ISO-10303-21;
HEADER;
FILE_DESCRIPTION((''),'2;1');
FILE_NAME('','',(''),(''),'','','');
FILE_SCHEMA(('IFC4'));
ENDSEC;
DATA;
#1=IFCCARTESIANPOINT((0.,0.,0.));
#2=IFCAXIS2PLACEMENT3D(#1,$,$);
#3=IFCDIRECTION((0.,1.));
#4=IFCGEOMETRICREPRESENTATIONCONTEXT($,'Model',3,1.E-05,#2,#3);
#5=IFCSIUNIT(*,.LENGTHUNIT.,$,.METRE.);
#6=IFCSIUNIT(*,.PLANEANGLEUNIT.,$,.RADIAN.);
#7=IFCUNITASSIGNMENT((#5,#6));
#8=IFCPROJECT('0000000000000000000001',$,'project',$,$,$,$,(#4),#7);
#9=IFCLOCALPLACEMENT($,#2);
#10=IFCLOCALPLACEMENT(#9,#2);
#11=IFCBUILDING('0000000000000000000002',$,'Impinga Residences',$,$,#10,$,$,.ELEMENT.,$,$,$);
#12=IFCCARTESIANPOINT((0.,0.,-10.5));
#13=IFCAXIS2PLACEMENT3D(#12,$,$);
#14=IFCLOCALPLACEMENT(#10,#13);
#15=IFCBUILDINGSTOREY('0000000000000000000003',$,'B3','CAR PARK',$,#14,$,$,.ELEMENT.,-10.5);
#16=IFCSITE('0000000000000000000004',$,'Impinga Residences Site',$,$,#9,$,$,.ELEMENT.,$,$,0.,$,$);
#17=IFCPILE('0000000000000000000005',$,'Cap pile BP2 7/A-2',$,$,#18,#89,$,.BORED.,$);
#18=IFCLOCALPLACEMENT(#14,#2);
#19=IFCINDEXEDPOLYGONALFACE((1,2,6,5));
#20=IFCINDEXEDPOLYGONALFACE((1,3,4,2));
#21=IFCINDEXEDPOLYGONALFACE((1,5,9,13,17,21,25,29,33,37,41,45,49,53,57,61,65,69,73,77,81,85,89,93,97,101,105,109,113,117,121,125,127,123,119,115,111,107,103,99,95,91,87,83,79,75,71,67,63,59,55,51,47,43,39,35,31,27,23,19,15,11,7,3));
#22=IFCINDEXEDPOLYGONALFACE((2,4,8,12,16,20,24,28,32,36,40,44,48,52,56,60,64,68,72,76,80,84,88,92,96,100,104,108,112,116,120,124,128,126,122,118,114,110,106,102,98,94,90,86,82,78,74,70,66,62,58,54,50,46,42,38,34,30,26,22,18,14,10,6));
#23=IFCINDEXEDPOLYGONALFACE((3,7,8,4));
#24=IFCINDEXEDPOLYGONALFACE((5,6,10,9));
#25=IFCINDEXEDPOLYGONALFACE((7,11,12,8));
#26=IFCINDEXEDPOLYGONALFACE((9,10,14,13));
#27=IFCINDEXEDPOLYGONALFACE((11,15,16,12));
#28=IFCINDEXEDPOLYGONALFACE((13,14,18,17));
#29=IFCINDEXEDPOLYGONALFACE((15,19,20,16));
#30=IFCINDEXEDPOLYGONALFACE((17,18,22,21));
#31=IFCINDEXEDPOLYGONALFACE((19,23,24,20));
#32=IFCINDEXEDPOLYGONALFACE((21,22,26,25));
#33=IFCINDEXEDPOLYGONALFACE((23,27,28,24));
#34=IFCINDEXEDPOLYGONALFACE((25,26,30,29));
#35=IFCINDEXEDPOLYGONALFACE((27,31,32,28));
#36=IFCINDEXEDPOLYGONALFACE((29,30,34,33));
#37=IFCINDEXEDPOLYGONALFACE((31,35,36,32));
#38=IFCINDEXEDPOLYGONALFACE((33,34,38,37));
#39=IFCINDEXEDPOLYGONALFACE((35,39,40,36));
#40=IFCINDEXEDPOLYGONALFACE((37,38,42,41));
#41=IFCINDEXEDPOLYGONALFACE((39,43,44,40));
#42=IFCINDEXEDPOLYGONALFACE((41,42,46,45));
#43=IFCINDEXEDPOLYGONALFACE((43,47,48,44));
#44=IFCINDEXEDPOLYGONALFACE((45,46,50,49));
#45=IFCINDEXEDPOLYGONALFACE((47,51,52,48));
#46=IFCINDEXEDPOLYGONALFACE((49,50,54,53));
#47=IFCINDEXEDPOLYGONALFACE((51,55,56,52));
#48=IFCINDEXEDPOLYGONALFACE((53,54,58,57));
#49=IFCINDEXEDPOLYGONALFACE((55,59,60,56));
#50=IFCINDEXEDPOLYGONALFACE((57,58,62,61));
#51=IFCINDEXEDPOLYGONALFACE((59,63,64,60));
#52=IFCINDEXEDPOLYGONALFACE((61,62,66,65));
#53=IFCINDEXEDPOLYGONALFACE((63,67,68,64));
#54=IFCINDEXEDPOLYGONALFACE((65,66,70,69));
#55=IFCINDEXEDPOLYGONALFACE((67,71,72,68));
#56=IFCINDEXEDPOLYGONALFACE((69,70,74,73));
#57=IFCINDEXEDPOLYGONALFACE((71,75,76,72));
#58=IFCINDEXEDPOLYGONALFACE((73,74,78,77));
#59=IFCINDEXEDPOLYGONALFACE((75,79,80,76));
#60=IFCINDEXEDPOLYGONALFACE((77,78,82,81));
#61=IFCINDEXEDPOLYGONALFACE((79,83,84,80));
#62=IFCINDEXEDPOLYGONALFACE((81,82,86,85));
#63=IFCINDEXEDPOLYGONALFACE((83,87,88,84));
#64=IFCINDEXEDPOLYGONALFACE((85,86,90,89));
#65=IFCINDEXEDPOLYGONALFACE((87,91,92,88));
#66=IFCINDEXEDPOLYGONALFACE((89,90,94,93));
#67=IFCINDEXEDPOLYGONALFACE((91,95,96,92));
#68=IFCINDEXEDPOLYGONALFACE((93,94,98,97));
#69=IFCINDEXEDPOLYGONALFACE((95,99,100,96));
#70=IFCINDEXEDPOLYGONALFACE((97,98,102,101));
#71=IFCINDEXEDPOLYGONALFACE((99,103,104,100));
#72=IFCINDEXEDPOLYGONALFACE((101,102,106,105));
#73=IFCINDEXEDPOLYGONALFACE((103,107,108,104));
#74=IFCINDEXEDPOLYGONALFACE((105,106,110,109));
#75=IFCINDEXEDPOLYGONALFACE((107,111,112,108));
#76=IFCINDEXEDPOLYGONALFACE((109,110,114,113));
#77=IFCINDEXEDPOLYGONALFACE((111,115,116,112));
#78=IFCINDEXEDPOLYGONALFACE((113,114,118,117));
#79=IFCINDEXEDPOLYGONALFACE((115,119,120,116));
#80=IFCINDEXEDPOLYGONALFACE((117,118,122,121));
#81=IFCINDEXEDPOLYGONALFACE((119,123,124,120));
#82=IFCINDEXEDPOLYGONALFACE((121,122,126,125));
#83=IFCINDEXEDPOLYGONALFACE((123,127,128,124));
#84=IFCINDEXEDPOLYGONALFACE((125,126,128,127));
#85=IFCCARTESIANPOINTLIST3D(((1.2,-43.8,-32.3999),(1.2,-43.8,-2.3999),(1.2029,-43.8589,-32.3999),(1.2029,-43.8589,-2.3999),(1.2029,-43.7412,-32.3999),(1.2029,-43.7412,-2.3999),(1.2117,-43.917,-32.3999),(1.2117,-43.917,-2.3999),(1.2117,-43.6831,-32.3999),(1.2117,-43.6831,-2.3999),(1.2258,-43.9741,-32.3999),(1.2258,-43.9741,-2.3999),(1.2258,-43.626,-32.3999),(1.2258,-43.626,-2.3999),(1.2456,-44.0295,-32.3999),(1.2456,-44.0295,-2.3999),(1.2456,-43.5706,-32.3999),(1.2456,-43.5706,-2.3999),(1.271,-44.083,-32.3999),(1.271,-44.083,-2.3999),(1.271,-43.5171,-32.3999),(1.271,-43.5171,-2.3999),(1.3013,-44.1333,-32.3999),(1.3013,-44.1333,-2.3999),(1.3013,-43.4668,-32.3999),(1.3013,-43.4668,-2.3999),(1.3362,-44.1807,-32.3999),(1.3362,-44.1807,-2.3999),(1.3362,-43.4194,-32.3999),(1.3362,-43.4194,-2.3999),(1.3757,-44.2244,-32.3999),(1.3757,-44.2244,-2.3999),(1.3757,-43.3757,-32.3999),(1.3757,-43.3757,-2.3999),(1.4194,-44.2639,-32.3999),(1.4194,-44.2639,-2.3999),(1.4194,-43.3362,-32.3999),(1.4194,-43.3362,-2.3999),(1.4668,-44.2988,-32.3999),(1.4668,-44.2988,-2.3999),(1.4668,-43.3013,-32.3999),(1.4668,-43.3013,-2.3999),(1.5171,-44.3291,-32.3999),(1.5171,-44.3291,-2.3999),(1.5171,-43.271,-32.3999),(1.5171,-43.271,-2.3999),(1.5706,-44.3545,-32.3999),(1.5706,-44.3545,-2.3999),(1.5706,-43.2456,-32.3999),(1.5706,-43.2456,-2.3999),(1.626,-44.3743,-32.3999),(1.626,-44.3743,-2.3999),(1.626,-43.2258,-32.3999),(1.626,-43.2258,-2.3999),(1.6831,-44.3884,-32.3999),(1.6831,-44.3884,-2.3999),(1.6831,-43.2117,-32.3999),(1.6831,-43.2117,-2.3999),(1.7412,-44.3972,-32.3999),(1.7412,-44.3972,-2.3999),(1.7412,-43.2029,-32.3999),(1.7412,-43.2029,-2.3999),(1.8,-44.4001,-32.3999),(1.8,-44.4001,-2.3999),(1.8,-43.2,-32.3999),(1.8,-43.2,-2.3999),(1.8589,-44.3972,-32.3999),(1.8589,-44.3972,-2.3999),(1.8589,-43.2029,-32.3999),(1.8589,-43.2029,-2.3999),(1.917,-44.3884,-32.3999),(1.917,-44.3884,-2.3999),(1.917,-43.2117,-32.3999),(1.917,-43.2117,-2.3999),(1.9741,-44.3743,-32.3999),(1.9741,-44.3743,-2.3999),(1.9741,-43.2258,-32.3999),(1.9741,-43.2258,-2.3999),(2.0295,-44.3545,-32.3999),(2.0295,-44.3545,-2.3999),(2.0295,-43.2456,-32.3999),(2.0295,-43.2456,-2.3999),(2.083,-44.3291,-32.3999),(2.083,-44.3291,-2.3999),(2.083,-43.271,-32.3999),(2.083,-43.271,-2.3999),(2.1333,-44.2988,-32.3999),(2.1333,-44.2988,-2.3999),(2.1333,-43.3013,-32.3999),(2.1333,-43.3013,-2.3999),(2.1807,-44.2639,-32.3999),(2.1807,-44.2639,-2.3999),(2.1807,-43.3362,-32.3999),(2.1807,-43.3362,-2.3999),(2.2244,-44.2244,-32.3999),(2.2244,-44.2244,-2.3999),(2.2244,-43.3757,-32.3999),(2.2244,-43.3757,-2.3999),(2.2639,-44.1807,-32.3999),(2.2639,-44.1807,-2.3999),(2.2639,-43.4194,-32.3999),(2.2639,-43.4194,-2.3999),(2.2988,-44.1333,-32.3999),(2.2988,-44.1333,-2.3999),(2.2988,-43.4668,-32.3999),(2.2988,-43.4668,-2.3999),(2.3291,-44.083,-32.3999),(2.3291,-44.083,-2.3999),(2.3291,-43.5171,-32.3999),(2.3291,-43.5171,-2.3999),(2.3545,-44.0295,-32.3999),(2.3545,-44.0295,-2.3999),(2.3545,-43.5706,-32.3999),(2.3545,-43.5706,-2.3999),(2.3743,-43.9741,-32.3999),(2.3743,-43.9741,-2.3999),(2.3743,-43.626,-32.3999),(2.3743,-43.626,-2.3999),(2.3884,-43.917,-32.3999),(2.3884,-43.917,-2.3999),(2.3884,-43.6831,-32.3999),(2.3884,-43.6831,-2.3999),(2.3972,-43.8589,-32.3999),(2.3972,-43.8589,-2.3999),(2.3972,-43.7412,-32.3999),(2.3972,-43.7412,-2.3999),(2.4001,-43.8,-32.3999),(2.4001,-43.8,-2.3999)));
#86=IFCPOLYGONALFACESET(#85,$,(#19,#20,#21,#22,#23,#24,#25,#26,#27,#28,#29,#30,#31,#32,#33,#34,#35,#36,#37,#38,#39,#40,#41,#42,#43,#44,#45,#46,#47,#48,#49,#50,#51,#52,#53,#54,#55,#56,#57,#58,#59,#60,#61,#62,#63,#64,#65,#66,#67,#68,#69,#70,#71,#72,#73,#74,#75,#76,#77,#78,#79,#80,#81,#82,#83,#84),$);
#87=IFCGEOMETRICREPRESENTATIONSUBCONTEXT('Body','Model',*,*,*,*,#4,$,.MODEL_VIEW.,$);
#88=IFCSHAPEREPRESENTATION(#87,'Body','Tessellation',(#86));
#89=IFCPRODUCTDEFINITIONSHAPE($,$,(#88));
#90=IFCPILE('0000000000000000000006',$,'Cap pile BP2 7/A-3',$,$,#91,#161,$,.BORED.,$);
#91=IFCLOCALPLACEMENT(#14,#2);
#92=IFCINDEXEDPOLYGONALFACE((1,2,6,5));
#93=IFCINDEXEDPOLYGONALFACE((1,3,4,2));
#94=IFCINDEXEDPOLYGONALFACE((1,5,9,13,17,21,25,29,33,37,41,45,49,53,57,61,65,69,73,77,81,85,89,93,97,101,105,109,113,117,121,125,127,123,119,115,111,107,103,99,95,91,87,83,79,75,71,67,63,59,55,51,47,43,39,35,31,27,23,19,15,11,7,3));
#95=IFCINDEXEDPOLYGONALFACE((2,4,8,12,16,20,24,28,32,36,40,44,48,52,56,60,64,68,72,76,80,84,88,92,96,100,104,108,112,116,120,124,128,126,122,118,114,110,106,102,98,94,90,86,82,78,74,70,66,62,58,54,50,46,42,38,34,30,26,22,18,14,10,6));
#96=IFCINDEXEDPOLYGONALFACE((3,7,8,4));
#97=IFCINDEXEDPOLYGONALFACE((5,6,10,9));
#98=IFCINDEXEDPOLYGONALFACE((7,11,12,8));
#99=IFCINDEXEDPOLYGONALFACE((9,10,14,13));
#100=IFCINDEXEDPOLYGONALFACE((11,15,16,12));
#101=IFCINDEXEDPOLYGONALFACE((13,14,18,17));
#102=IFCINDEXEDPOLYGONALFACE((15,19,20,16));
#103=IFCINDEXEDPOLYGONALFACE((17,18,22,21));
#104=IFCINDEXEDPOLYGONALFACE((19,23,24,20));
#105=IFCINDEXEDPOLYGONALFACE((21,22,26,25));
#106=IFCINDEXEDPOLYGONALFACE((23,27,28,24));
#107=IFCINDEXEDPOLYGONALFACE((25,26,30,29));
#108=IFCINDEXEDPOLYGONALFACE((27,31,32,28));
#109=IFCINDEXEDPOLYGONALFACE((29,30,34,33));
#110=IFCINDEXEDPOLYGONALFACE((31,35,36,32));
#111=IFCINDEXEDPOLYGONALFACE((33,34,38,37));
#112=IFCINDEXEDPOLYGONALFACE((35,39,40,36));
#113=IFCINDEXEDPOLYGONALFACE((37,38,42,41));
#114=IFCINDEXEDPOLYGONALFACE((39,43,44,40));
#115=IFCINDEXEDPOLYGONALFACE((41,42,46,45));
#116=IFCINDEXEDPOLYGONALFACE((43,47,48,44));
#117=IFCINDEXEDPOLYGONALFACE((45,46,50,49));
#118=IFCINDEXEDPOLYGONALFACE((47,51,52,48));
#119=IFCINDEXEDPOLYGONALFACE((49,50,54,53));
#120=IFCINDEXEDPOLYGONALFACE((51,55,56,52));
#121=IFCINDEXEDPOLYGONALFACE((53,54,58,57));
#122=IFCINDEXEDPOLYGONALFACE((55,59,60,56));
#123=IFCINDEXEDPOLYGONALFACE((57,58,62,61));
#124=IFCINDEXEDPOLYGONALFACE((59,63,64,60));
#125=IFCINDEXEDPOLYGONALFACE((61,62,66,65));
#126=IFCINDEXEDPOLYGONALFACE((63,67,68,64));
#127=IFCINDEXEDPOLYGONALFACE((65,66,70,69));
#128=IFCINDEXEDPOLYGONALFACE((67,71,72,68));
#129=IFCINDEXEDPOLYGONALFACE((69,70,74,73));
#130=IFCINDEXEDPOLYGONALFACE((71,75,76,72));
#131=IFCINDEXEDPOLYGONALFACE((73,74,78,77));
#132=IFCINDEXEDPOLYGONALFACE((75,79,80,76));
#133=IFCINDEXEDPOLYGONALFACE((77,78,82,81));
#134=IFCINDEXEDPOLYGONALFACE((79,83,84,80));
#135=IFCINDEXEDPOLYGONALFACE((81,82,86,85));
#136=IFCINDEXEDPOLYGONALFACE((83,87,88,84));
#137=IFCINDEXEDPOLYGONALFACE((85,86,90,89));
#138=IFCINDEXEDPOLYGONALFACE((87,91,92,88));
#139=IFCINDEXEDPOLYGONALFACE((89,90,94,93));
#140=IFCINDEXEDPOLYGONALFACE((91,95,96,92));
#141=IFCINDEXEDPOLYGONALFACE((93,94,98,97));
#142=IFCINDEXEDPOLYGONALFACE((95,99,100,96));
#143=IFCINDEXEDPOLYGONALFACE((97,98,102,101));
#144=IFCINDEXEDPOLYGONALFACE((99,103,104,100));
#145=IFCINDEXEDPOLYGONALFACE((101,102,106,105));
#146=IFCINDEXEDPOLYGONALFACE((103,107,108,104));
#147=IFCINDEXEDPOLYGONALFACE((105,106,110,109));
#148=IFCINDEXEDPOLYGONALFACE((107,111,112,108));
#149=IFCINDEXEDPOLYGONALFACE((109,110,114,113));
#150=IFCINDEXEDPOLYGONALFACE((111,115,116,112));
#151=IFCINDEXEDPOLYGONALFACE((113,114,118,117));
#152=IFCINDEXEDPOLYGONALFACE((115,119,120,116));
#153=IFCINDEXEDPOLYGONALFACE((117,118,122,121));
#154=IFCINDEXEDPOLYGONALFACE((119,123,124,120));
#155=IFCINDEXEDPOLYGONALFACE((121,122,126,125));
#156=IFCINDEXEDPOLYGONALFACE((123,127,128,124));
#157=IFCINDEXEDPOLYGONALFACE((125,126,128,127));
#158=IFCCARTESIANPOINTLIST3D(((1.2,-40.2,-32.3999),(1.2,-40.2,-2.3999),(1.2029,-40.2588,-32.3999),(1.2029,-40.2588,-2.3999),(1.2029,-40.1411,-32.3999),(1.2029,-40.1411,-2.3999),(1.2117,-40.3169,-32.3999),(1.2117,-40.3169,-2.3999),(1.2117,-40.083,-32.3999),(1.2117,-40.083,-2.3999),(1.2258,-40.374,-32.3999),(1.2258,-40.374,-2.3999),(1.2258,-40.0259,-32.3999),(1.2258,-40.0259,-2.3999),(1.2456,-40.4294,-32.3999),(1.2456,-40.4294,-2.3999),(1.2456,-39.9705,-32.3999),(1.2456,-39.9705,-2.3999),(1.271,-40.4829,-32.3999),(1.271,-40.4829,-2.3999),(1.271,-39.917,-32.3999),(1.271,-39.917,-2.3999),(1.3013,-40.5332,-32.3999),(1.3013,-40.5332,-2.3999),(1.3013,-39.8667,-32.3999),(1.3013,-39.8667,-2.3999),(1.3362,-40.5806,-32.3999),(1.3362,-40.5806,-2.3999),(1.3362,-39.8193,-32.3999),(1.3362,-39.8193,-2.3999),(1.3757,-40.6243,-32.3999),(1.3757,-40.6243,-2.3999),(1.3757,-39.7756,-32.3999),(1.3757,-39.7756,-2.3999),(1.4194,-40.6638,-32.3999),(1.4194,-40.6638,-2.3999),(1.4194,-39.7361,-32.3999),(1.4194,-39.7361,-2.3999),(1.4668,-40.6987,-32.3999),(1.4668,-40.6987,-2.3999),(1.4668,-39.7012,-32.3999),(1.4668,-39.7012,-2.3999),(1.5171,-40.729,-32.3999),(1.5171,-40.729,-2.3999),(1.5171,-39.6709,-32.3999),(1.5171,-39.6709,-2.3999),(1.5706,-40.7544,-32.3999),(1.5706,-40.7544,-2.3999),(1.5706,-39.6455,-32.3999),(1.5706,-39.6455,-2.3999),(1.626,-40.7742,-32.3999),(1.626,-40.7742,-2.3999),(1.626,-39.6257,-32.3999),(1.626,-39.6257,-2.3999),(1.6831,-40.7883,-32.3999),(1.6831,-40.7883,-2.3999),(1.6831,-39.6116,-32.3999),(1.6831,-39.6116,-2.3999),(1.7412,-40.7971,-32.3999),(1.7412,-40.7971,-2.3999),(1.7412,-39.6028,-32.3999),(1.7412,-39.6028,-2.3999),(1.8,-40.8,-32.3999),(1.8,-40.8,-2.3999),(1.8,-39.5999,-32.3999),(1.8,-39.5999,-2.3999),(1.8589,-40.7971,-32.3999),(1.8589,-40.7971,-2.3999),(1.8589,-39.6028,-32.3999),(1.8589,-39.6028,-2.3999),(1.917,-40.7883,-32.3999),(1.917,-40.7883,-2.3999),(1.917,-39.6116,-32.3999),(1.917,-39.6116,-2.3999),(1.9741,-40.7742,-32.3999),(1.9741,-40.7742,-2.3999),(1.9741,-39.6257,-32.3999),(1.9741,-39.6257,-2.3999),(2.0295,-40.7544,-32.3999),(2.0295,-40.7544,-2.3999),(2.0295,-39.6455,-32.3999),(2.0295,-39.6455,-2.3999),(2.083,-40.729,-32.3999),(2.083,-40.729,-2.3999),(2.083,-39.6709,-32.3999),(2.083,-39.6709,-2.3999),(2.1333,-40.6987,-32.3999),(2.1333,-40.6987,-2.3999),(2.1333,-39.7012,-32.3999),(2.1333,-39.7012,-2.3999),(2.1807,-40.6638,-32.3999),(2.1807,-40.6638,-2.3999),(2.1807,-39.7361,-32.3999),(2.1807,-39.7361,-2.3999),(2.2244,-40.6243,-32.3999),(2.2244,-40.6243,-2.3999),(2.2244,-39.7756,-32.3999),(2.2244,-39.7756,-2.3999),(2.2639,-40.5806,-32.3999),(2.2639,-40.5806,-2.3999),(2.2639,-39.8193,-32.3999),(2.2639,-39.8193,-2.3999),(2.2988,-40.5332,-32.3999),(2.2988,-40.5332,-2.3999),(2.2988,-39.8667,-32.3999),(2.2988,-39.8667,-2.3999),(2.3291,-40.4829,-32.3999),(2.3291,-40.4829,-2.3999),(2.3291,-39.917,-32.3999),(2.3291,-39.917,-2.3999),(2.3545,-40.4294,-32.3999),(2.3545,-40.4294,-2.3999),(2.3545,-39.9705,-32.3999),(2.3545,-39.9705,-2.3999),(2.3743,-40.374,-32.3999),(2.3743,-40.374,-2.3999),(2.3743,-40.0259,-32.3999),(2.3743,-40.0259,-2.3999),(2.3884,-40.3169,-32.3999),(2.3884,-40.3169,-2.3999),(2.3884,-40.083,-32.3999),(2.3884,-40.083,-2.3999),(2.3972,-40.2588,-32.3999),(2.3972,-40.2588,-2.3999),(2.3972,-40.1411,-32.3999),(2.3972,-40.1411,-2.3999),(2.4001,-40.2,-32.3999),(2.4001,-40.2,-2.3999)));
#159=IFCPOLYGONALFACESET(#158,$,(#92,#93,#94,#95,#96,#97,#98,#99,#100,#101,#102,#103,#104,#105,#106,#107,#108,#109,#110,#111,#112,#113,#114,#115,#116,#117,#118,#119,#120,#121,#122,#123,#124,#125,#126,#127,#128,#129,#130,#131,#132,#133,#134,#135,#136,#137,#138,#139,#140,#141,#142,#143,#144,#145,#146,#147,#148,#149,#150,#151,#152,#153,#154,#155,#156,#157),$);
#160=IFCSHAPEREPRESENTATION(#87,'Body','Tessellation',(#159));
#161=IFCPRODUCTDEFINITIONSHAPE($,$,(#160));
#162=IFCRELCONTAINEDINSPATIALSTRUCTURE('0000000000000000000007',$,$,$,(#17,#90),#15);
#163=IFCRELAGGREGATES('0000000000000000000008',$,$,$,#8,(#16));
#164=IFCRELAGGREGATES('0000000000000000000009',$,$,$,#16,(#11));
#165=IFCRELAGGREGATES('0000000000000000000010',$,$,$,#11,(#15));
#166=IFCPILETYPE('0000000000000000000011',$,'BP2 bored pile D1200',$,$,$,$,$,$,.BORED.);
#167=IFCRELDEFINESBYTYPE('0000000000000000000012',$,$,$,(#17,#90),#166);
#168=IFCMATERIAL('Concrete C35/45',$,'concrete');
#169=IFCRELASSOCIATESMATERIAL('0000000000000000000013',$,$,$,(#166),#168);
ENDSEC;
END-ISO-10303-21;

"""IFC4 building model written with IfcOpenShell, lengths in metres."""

from ifc_helpers import new_model, si_unit, direction, frame, origin, origin_2d, place, context, subcontext, project, spatial, polyline, circle, outline, extrude, material, material_profile, profile_set, type_object, element, save


model = new_model("IFC4")

# Units and contexts
model_context = context("Model", 3, precision=1e-05, world=origin(), true_north=direction((0.0, 1.0)))
body_context = subcontext(model_context, "Body", "Model", "MODEL_VIEW")
ifc_project = project(units=[si_unit("LENGTHUNIT", "METRE"), si_unit("PLANEANGLEUNIT", "RADIAN")], contexts=[model_context])

# Site, building, storey
site_placement = place(None, origin())
site = spatial("IfcSite", under=ifc_project, at=site_placement, Name="Impinga Residences Site", CompositionType="ELEMENT", RefElevation=0.0)
building_placement = place(site_placement, origin())
building = spatial("IfcBuilding", under=site, at=building_placement, Name="Impinga Residences", CompositionType="ELEMENT")
storey_placement = place(building_placement, frame((0.0, 0.0, -10.5)))
storey = spatial("IfcBuildingStorey", under=building, at=storey_placement, Name="B3", Description="CAR PARK", CompositionType="ELEMENT", Elevation=-10.5)

# Piles
ifc_material_1 = material(Name="Concrete C35/45", Category="concrete")
ifc_material_profile_1 = material_profile(ifc_material_1, circle(Radius=0.6001, at=origin_2d()), Name="D1200")
ifc_profile_set_1 = profile_set([ifc_material_profile_1], Name="Concrete C35/45")
pile_type = type_object("IfcPileType", Name="BP2 bored pile D1200", PredefinedType="BORED", material=ifc_profile_set_1)
pile_1_placement = place(storey_placement, frame((1.8, -43.8, -2.3999), z_axis=(0.0, 0.0, -1.0), x_axis=(1.0, 0.0, 0.0)))
element("IfcPile", 1, at=pile_1_placement, inside=storey, type_object=pile_type, Name="Cap pile BP2 7/A-2", PredefinedType="BORED", context=body_context, shape_type="SweptSolid", body=[
    extrude(outline(polyline([(0.6001, 0.0), (0.5972, 0.0588), (0.5884, 0.1169), (0.5742, 0.1741), (0.5544, 0.2295), (0.5291, 0.283), (0.4988, 0.3333), (0.4639, 0.3806), (0.4243, 0.4243), (0.3806, 0.4639), (0.3333, 0.4988), (0.283, 0.5291), (0.2295, 0.5544), (0.1741, 0.5742), (0.1169, 0.5884), (0.0588, 0.5972), (0.0, 0.6001), (-0.0588, 0.5972), (-0.1169, 0.5884), (-0.1741, 0.5742), (-0.2295, 0.5544), (-0.283, 0.5291), (-0.3333, 0.4988), (-0.3806, 0.4639), (-0.4243, 0.4243), (-0.4639, 0.3806), (-0.4988, 0.3333), (-0.5291, 0.283), (-0.5544, 0.2295), (-0.5742, 0.1741), (-0.5884, 0.1169), (-0.5972, 0.0588), (-0.6001, 0.0), (-0.5972, -0.0588), (-0.5884, -0.1169), (-0.5742, -0.1741), (-0.5544, -0.2295), (-0.5291, -0.283), (-0.4988, -0.3333), (-0.4639, -0.3806), (-0.4243, -0.4243), (-0.3806, -0.4639), (-0.3333, -0.4988), (-0.283, -0.5291), (-0.2295, -0.5544), (-0.1741, -0.5742), (-0.1169, -0.5884), (-0.0588, -0.5972), (0.0, -0.6001), (0.0588, -0.5972), (0.1169, -0.5884), (0.1741, -0.5742), (0.2295, -0.5544), (0.283, -0.5291), (0.3333, -0.4988), (0.3806, -0.4639), (0.4243, -0.4243), (0.4639, -0.3806), (0.4988, -0.3333), (0.5291, -0.283), (0.5544, -0.2295), (0.5742, -0.1741), (0.5884, -0.1169), (0.5972, -0.0588), (0.6001, 0.0)])), origin(), (0.0, 0.0, 1.0), 30.0),
])
pile_2_placement = place(storey_placement, frame((1.8, -40.2, -2.3999), z_axis=(0.0, 0.0, -1.0), x_axis=(1.0, 0.0, 0.0)))
element("IfcPile", 2, at=pile_2_placement, inside=storey, type_object=pile_type, Name="Cap pile BP2 7/A-3", PredefinedType="BORED", context=body_context, shape_type="SweptSolid", body=[
    extrude(outline(polyline([(0.6001, 0.0), (0.5972, 0.0588), (0.5884, 0.1169), (0.5742, 0.1741), (0.5544, 0.2295), (0.5291, 0.283), (0.4988, 0.3333), (0.4639, 0.3806), (0.4243, 0.4243), (0.3806, 0.4639), (0.3333, 0.4988), (0.283, 0.5291), (0.2295, 0.5544), (0.1741, 0.5742), (0.1169, 0.5884), (0.0588, 0.5972), (0.0, 0.6001), (-0.0588, 0.5972), (-0.1169, 0.5884), (-0.1741, 0.5742), (-0.2295, 0.5544), (-0.283, 0.5291), (-0.3333, 0.4988), (-0.3806, 0.4639), (-0.4243, 0.4243), (-0.4639, 0.3806), (-0.4988, 0.3333), (-0.5291, 0.283), (-0.5544, 0.2295), (-0.5742, 0.1741), (-0.5884, 0.1169), (-0.5972, 0.0588), (-0.6001, 0.0), (-0.5972, -0.0588), (-0.5884, -0.1169), (-0.5742, -0.1741), (-0.5544, -0.2295), (-0.5291, -0.283), (-0.4988, -0.3333), (-0.4639, -0.3806), (-0.4243, -0.4243), (-0.3806, -0.4639), (-0.3333, -0.4988), (-0.283, -0.5291), (-0.2295, -0.5544), (-0.1741, -0.5742), (-0.1169, -0.5884), (-0.0588, -0.5972), (0.0, -0.6001), (0.0588, -0.5972), (0.1169, -0.5884), (0.1741, -0.5742), (0.2295, -0.5544), (0.283, -0.5291), (0.3333, -0.4988), (0.3806, -0.4639), (0.4243, -0.4243), (0.4639, -0.3806), (0.4988, -0.3333), (0.5291, -0.283), (0.5544, -0.2295), (0.5742, -0.1741), (0.5884, -0.1169), (0.5972, -0.0588), (0.6001, 0.0)])), origin(), (0.0, 0.0, 1.0), 30.0),
])

save(model, "model.ifc")
